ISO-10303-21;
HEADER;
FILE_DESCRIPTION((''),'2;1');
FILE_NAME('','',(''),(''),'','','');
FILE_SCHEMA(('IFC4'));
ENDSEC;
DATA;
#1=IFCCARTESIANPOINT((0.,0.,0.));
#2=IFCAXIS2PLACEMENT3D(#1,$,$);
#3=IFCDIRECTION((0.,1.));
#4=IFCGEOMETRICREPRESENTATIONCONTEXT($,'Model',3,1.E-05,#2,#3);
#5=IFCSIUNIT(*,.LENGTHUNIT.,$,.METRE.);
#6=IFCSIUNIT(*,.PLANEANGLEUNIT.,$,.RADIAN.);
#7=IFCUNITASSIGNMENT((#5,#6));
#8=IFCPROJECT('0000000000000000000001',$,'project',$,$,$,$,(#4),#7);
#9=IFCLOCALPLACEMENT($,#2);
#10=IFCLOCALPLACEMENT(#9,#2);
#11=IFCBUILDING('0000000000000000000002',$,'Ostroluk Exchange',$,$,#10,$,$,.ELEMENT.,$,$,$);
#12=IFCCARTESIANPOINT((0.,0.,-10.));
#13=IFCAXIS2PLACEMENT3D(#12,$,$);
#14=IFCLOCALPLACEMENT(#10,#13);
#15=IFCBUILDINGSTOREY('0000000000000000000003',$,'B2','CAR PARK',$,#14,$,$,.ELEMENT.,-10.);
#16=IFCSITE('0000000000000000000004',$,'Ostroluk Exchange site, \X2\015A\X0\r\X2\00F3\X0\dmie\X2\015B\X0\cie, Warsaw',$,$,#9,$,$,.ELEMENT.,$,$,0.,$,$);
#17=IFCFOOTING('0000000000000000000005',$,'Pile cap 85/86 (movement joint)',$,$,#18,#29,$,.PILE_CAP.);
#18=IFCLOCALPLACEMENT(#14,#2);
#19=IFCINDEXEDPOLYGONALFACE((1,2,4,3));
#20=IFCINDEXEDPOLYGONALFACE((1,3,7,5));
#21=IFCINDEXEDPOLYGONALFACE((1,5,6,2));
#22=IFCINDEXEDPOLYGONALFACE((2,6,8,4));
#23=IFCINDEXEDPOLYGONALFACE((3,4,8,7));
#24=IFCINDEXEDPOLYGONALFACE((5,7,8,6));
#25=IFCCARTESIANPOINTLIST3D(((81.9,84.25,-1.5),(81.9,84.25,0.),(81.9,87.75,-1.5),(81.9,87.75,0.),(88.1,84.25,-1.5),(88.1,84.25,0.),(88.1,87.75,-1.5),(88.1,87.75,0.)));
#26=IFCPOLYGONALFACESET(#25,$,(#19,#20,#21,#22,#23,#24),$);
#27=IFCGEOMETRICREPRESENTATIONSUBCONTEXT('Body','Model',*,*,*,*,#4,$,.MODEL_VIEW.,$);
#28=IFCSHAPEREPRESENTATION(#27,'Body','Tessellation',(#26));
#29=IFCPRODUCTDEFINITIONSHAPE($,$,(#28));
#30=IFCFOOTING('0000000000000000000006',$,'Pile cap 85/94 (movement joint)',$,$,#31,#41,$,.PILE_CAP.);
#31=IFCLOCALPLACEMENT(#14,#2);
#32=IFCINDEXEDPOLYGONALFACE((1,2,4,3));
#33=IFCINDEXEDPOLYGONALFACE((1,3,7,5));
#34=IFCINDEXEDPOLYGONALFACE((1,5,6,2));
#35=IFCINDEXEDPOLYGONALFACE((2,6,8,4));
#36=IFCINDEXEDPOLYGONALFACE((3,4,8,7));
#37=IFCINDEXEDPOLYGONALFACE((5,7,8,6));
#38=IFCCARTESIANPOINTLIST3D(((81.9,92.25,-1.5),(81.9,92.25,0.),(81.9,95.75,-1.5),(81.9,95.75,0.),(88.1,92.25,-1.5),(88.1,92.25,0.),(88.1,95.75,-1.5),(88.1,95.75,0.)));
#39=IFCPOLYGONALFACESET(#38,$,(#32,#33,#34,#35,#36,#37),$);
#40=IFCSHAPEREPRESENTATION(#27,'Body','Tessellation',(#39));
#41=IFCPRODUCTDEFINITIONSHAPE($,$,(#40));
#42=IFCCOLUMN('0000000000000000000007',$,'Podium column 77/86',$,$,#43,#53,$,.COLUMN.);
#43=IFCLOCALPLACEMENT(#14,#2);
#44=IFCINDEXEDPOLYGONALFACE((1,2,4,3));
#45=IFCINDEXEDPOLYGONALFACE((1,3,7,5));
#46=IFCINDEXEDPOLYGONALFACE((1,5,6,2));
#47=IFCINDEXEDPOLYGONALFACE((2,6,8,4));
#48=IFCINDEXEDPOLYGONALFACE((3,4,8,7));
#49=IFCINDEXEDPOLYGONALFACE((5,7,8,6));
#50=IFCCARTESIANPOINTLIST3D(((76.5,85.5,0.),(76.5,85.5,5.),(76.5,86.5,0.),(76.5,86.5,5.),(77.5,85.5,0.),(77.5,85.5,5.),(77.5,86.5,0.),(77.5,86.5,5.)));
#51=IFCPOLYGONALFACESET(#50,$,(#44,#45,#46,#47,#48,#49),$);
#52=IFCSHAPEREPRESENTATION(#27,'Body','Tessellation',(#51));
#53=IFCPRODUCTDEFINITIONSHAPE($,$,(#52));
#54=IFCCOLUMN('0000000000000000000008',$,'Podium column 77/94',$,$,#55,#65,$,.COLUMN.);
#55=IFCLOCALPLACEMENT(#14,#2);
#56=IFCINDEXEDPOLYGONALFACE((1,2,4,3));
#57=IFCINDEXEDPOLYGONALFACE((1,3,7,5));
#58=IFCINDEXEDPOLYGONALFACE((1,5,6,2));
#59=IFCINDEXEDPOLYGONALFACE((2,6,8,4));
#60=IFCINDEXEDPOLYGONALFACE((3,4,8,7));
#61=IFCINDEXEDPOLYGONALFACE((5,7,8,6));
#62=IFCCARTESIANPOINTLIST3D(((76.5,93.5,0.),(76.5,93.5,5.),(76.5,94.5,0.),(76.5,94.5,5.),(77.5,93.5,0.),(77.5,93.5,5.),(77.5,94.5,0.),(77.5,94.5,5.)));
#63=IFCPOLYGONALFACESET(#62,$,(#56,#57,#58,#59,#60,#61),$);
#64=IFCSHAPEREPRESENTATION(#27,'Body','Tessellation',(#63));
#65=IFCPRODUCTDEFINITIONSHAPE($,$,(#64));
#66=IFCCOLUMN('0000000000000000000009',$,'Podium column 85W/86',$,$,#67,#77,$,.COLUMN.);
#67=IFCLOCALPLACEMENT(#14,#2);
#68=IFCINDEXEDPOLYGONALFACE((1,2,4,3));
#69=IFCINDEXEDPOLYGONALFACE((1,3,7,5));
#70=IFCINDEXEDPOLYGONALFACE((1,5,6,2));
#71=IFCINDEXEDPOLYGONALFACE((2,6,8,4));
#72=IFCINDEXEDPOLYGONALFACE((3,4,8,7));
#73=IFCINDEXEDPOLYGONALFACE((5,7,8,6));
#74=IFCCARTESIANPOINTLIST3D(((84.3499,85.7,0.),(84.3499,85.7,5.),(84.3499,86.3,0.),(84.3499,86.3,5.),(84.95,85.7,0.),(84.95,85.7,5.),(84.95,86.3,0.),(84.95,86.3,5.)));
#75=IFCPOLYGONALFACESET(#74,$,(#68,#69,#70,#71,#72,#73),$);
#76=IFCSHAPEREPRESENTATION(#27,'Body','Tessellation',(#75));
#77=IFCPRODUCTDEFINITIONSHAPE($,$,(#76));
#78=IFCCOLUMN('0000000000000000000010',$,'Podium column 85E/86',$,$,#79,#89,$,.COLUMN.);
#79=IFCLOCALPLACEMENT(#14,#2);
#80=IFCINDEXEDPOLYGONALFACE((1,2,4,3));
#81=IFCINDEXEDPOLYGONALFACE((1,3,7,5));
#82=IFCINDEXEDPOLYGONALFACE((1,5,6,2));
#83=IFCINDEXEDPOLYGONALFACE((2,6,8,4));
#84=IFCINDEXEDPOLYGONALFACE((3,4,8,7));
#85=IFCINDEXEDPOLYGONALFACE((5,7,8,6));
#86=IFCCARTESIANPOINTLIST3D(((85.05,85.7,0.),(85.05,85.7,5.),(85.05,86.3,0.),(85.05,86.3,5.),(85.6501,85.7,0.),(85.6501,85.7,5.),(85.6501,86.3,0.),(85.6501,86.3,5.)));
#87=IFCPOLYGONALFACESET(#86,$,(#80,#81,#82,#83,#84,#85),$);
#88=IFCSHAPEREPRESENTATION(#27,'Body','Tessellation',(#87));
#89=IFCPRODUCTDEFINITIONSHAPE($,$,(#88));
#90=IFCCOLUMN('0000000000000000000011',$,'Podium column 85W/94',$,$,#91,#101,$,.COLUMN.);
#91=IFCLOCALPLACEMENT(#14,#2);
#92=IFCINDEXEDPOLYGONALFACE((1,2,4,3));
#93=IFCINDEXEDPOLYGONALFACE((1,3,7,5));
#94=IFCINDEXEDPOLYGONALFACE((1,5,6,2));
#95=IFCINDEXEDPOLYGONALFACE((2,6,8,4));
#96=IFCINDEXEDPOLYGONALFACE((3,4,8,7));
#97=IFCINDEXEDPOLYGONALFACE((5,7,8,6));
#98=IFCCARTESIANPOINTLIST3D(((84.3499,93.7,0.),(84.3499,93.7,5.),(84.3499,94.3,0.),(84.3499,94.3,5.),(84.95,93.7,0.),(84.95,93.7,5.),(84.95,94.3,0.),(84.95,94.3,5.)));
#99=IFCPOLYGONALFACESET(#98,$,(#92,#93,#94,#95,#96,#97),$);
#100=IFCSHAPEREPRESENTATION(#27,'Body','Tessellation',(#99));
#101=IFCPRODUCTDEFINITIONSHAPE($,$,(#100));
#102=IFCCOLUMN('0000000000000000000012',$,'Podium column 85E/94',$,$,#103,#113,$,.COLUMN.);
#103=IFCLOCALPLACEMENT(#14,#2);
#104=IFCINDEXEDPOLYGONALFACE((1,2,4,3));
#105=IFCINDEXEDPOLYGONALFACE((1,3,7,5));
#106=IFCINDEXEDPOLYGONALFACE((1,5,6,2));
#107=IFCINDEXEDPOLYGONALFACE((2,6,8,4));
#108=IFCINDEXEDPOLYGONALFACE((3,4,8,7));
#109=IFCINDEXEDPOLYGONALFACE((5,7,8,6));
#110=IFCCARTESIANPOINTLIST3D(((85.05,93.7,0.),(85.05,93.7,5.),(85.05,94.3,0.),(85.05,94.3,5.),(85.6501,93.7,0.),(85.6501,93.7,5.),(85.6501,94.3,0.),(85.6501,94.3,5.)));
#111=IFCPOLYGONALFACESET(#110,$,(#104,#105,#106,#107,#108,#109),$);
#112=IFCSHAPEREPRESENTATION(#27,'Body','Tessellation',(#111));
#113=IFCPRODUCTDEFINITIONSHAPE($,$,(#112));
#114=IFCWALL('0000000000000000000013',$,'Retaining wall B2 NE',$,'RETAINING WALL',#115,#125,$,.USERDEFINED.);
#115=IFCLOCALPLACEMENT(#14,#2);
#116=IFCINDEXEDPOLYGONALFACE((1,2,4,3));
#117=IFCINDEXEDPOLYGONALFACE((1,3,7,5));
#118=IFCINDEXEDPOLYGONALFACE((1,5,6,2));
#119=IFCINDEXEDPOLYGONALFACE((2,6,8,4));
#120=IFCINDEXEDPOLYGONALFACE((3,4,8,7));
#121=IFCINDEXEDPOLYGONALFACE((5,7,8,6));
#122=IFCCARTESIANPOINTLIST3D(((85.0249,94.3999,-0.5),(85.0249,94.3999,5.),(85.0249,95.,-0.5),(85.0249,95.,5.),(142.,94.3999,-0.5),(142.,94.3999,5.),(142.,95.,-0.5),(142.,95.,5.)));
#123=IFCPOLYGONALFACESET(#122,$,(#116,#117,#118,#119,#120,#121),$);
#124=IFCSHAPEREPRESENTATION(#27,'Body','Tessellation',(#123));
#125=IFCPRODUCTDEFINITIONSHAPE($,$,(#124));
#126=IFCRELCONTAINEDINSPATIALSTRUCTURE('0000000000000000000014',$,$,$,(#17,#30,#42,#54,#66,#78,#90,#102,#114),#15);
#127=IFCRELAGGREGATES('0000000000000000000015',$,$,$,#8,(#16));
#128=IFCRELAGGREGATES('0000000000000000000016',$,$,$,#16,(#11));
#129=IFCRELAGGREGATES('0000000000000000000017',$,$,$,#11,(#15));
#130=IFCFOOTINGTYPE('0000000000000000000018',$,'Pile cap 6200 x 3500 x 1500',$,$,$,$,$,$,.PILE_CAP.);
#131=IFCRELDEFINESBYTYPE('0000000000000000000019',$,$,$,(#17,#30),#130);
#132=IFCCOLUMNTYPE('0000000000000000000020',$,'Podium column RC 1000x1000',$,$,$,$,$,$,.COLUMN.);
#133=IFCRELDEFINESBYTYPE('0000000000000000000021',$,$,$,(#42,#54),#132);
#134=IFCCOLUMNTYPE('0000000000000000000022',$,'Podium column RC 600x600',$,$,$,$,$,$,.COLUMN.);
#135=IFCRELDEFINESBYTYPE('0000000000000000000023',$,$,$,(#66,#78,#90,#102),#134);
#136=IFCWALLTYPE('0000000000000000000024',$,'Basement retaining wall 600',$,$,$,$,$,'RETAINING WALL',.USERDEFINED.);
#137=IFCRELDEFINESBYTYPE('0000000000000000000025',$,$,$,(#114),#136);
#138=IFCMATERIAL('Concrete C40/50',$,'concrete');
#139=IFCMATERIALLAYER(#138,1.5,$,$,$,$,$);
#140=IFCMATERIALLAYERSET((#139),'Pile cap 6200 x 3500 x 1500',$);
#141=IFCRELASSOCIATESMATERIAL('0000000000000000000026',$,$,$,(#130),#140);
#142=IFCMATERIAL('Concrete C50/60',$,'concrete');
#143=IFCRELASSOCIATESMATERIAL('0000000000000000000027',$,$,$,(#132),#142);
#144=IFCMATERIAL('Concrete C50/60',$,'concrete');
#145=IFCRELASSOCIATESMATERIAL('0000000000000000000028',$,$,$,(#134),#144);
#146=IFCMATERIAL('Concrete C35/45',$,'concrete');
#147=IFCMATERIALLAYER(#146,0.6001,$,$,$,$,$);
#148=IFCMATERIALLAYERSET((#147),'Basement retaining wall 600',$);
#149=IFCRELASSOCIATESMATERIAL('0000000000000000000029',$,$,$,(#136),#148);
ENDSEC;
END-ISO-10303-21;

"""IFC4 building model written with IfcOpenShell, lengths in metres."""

from ifc_helpers import new_model, si_unit, direction, frame, frame_2d, origin, origin_2d, place, context, subcontext, project, spatial, rectangle, extrude, material, layer, layer_set, material_profile, profile_set, type_object, element, save


model = new_model("IFC4")

# Units and contexts
model_context = context("Model", 3, precision=1e-05, world=origin(), true_north=direction((0.0, 1.0)))
body_context = subcontext(model_context, "Body", "Model", "MODEL_VIEW")
ifc_project = project(units=[si_unit("LENGTHUNIT", "METRE"), si_unit("PLANEANGLEUNIT", "RADIAN")], contexts=[model_context])

# Site, building, storey
site_placement = place(None, origin())
site = spatial("IfcSite", under=ifc_project, at=site_placement, Name="Ostroluk Exchange site, Śródmieście, Warsaw", CompositionType="ELEMENT", RefElevation=0.0)
building_placement = place(site_placement, origin())
building = spatial("IfcBuilding", under=site, at=building_placement, Name="Ostroluk Exchange", CompositionType="ELEMENT")
storey_placement = place(building_placement, frame((0.0, 0.0, -10.0)))
storey = spatial("IfcBuildingStorey", under=building, at=storey_placement, Name="B2", Description="CAR PARK", CompositionType="ELEMENT", Elevation=-10.0)

# Footings
ifc_material_1 = material(Name="Concrete C40/50", Category="concrete")
ifc_layer_1 = layer(ifc_material_1, 1.5)
ifc_layer_set_1 = layer_set([ifc_layer_1], Name="Pile cap 6200 x 3500 x 1500")
footing_type_1 = type_object("IfcFootingType", Name="Pile cap 6200 x 3500 x 1500", PredefinedType="PILE_CAP", material=ifc_layer_set_1)
for number, where, z_axis, x_axis, name in (
    (1, (85.0, 86.0, -1.5), (0.0, 0.0, 1.0), (1.0, 0.0, 0.0), "Pile cap 85/86 (movement joint)"),
    (2, (85.0, 94.0, -1.5), (0.0, 0.0, 1.0), (1.0, 0.0, 0.0), "Pile cap 85/94 (movement joint)"),
):
    element("IfcFooting", number, at=place(storey_placement, frame(where, z_axis=z_axis, x_axis=x_axis)), inside=storey, type_object=footing_type_1, Name=name, PredefinedType="PILE_CAP", context=body_context, shape_type="SweptSolid", body=[
        extrude(rectangle(XDim=6.2, YDim=3.5, at=origin_2d()), origin(), (0.0, 0.0, 1.0), 1.5),
    ])

# Columns
ifc_material_2 = material(Name="Concrete C50/60", Category="concrete")
ifc_material_profile_1 = material_profile(ifc_material_2, rectangle(XDim=1.0, YDim=1.0, at=origin_2d()), Name="RC 1000x1000")
ifc_profile_set_1 = profile_set([ifc_material_profile_1], Name="Concrete C50/60")
column_type_1 = type_object("IfcColumnType", Name="Podium column RC 1000x1000", PredefinedType="COLUMN", material=ifc_profile_set_1)
for number, where, z_axis, x_axis, name in (
    (3, (77.0, 86.0, 0.0), (0.0, 0.0, 1.0), (1.0, 0.0, 0.0), "Podium column 77/86"),
    (4, (77.0, 94.0, 0.0), (0.0, 0.0, 1.0), (1.0, 0.0, 0.0), "Podium column 77/94"),
):
    element("IfcColumn", number, at=place(storey_placement, frame(where, z_axis=z_axis, x_axis=x_axis)), inside=storey, type_object=column_type_1, Name=name, PredefinedType="COLUMN", context=body_context, shape_type="SweptSolid", body=[
        extrude(rectangle(XDim=1.0, YDim=1.0, at=origin_2d()), origin(), (0.0, 0.0, 1.0), 5.0),
    ])
ifc_material_3 = material(Name="Concrete C50/60", Category="concrete")
ifc_material_profile_2 = material_profile(ifc_material_3, rectangle(XDim=0.6001, YDim=0.6001, at=origin_2d()), Name="RC 600x600")
ifc_profile_set_2 = profile_set([ifc_material_profile_2], Name="Concrete C50/60")
column_type_2 = type_object("IfcColumnType", Name="Podium column RC 600x600", PredefinedType="COLUMN", material=ifc_profile_set_2)
for number, where, z_axis, x_axis, name in (
    (5, (84.6499, 86.0, 0.0), (0.0, 0.0, 1.0), (1.0, 0.0, 0.0), "Podium column 85W/86"),
    (6, (85.3501, 86.0, 0.0), (0.0, 0.0, 1.0), (1.0, 0.0, 0.0), "Podium column 85E/86"),
    (7, (84.6499, 94.0, 0.0), (0.0, 0.0, 1.0), (1.0, 0.0, 0.0), "Podium column 85W/94"),
    (8, (85.3501, 94.0, 0.0), (0.0, 0.0, 1.0), (1.0, 0.0, 0.0), "Podium column 85E/94"),
):
    element("IfcColumn", number, at=place(storey_placement, frame(where, z_axis=z_axis, x_axis=x_axis)), inside=storey, type_object=column_type_2, Name=name, PredefinedType="COLUMN", context=body_context, shape_type="SweptSolid", body=[
        extrude(rectangle(XDim=0.6001, YDim=0.6001, at=origin_2d()), origin(), (0.0, 0.0, 1.0), 5.0),
    ])

# Wall
ifc_material_4 = material(Name="Concrete C35/45", Category="concrete")
ifc_layer_2 = layer(ifc_material_4, 0.6001)
ifc_layer_set_2 = layer_set([ifc_layer_2], Name="Basement retaining wall 600")
wall_type = type_object("IfcWallType", Name="Basement retaining wall 600", ElementType="RETAINING WALL", PredefinedType="USERDEFINED", material=ifc_layer_set_2)
wall_placement = place(storey_placement, frame((85.0249, 94.7, -0.5), z_axis=(0.0, 0.0, 1.0), x_axis=(1.0, 0.0, 0.0)))
element("IfcWall", 9, at=wall_placement, inside=storey, type_object=wall_type, Name="Retaining wall B2 NE", ObjectType="RETAINING WALL", PredefinedType="USERDEFINED", context=body_context, shape_type="SweptSolid", body=[
    extrude(rectangle(XDim=56.9751, YDim=0.6001, at=frame_2d((28.4875, 0.0))), origin(), (0.0, 0.0, 1.0), 5.5),
])

save(model, "model.ifc")
